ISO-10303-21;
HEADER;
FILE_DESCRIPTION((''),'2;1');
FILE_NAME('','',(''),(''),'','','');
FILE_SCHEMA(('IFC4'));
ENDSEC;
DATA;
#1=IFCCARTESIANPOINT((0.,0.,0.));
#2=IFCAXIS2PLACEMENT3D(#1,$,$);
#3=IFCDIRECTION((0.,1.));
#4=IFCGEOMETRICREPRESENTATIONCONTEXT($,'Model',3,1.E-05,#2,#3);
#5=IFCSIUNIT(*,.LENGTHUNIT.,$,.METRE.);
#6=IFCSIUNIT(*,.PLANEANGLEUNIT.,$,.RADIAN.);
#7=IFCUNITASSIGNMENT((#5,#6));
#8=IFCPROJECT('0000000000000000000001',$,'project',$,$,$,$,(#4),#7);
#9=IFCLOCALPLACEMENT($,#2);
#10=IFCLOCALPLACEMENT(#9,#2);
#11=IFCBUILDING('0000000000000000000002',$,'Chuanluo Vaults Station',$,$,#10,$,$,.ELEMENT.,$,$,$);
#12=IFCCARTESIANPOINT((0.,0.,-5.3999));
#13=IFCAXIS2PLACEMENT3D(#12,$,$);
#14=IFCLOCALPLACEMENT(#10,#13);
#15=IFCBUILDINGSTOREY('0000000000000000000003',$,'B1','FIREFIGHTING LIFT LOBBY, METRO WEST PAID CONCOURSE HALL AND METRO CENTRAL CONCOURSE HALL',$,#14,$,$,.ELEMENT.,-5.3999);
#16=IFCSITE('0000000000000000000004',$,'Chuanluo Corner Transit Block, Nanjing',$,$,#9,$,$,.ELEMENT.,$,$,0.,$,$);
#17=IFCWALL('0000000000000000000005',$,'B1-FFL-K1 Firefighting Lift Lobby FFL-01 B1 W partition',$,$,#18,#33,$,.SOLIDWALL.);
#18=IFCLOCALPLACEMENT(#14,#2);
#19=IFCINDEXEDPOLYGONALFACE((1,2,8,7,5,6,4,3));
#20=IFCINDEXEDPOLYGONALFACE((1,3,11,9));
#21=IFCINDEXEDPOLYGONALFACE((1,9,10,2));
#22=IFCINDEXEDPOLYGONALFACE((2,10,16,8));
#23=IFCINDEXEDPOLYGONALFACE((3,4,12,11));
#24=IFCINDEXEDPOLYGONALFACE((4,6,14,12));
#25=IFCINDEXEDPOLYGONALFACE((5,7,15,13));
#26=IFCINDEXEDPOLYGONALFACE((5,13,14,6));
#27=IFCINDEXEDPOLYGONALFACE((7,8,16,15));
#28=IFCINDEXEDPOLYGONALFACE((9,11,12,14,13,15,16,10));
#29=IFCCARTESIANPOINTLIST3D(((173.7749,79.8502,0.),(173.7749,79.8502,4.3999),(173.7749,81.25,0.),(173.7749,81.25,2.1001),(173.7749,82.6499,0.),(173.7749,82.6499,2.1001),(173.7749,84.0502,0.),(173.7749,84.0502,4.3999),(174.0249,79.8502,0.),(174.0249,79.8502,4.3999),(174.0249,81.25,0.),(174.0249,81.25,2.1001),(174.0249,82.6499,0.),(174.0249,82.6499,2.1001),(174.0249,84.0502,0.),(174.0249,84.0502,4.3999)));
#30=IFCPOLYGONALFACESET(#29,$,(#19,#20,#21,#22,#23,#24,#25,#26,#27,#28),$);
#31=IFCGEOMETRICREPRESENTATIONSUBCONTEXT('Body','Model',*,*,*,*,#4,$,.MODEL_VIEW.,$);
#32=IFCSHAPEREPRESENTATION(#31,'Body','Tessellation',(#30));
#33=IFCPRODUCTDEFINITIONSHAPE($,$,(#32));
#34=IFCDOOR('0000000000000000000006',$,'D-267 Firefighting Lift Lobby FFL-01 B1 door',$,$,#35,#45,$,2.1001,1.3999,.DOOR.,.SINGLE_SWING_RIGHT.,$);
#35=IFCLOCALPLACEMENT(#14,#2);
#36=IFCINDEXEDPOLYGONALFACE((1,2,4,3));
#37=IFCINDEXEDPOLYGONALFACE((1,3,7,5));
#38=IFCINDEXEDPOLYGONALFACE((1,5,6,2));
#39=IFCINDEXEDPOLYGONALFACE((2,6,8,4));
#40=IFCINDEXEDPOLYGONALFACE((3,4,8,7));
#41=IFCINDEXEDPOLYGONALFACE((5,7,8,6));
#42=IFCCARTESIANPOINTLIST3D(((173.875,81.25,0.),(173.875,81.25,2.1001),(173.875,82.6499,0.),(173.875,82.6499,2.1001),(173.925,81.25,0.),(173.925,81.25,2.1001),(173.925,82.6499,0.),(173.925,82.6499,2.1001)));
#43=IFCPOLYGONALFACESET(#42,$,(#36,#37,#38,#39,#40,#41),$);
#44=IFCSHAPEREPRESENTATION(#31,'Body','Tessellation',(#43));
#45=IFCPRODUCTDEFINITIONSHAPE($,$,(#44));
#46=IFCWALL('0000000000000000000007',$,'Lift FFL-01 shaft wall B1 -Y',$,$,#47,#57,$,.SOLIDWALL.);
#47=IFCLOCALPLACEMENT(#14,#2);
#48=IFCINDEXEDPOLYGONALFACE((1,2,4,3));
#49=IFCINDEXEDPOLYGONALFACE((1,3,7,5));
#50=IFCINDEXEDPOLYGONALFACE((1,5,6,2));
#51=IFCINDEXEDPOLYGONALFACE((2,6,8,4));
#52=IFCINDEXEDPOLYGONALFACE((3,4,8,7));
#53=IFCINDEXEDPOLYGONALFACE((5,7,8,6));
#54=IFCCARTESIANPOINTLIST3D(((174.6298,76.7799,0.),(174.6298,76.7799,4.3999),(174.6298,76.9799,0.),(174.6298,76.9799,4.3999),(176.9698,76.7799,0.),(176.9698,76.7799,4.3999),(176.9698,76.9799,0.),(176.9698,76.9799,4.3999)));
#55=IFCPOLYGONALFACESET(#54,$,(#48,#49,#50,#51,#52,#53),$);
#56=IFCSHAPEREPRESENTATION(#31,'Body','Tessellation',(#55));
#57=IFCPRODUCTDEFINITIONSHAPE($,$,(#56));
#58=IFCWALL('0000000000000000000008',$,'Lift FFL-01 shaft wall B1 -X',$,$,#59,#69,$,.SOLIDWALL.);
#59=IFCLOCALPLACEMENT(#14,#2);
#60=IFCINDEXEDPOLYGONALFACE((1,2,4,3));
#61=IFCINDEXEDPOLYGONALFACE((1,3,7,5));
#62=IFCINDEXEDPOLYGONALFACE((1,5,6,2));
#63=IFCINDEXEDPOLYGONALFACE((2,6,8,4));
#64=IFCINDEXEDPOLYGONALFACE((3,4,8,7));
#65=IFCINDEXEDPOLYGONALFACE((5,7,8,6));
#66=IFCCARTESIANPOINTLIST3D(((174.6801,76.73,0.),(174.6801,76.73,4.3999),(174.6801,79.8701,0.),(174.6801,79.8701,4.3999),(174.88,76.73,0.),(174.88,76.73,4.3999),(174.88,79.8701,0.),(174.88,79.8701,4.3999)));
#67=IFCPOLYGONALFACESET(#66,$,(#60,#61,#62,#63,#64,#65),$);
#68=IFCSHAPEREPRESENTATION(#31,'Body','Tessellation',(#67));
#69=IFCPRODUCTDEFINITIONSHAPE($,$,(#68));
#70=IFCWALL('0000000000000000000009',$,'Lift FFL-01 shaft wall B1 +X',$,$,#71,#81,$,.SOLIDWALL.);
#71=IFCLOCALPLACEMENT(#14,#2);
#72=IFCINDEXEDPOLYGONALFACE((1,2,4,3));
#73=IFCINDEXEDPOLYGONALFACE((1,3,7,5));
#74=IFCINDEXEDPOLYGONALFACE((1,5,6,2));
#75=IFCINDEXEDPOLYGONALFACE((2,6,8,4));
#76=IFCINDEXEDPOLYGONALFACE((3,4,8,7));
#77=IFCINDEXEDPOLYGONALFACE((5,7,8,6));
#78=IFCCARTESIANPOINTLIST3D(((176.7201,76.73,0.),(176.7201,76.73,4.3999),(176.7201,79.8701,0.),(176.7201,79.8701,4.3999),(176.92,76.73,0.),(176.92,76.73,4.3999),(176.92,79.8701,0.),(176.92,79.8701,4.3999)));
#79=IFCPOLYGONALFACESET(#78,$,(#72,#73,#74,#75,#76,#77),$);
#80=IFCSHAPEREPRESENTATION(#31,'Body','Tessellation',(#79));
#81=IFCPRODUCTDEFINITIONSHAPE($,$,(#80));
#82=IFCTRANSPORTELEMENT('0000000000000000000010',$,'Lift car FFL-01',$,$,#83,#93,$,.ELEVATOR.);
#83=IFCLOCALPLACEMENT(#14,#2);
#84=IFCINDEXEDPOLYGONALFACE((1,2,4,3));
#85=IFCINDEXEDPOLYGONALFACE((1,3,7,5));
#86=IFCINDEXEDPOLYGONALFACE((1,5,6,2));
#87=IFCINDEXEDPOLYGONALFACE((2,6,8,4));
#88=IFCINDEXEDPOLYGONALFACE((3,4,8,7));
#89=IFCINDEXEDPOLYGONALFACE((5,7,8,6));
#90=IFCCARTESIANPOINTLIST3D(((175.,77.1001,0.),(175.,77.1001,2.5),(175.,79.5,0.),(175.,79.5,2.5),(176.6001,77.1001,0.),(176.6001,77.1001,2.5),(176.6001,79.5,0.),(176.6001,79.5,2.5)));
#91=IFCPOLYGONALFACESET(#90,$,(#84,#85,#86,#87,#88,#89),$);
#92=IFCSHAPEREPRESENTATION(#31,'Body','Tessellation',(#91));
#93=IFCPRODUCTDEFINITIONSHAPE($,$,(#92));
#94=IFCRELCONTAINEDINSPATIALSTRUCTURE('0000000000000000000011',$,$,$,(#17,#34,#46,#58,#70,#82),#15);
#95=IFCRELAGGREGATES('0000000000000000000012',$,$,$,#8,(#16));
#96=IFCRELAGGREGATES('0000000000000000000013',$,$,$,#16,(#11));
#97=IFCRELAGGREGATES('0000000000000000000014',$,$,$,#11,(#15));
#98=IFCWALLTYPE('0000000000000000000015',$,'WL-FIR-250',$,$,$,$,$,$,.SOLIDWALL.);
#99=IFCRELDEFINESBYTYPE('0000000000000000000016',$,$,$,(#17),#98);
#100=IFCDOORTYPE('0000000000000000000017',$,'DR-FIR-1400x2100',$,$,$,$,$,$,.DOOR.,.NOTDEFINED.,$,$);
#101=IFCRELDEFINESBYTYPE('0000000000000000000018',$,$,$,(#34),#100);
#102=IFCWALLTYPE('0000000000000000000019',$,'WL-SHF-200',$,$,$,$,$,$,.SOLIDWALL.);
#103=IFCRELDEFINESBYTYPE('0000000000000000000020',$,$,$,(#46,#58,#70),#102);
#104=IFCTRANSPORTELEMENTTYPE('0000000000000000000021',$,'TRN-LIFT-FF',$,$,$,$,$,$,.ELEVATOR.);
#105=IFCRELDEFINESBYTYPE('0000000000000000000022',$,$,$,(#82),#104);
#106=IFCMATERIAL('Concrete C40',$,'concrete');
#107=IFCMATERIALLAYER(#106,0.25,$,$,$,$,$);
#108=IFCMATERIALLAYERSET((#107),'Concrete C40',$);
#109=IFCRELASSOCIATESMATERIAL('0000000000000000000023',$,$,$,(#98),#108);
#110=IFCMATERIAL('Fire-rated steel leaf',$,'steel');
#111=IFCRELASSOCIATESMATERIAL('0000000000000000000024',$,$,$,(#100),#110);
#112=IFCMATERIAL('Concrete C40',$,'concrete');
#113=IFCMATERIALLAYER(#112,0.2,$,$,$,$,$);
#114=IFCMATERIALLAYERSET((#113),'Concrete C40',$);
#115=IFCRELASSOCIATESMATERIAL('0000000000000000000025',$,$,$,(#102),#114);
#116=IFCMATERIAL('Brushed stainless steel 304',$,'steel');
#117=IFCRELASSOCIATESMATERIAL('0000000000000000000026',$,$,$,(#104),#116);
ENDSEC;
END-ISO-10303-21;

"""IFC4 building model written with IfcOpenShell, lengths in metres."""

from ifc_helpers import new_model, si_unit, direction, frame, frame_2d, origin, origin_2d, place, context, subcontext, project, spatial, rectangle, extrude, material, layer, layer_set, type_object, element, fill, save


model = new_model("IFC4")

# Units and contexts
model_context = context("Model", 3, precision=1e-05, world=origin(), true_north=direction((0.0, 1.0)))
body_context = subcontext(model_context, "Body", "Model", "MODEL_VIEW")
ifc_project = project(units=[si_unit("LENGTHUNIT", "METRE"), si_unit("PLANEANGLEUNIT", "RADIAN")], contexts=[model_context])

# Site, building, storey
site_placement = place(None, origin())
site = spatial("IfcSite", under=ifc_project, at=site_placement, Name="Chuanluo Corner Transit Block, Nanjing", CompositionType="ELEMENT", RefElevation=0.0)
building_placement = place(site_placement, origin())
building = spatial("IfcBuilding", under=site, at=building_placement, Name="Chuanluo Vaults Station", CompositionType="ELEMENT")
storey_placement = place(building_placement, frame((0.0, 0.0, -5.3999)))
storey = spatial("IfcBuildingStorey", under=building, at=storey_placement, Name="B1", Description="FIREFIGHTING LIFT LOBBY, METRO WEST PAID CONCOURSE HALL AND METRO CENTRAL CONCOURSE HALL", CompositionType="ELEMENT", Elevation=-5.3999)

# Shared definitions
ifc_material_1 = material(Name="Concrete C40", Category="concrete")
ifc_layer_1 = layer(ifc_material_1, 0.25)
ifc_layer_set_1 = layer_set([ifc_layer_1], Name="Concrete C40")
wall_type_1 = type_object("IfcWallType", Name="WL-FIR-250", PredefinedType="SOLIDWALL", material=ifc_layer_set_1)

# Wall, opening, door
wall_1_placement = place(storey_placement, frame((173.8999, 79.8501, 0.0), z_axis=(0.0, 0.0, 1.0), x_axis=(0.0, 1.0, 0.0)))
wall_1 = element("IfcWall", 1, at=wall_1_placement, inside=storey, type_object=wall_type_1, Name="B1-FFL-K1 Firefighting Lift Lobby FFL-01 B1 W partition", PredefinedType="SOLIDWALL", context=body_context, shape_type="SweptSolid", body=[
    extrude(rectangle(XDim=4.2, YDim=0.25, at=frame_2d((2.1001, 0.0))), origin(), (0.0, 0.0, 1.0), 4.3999),
])
opening_1_placement = place(wall_1_placement, frame((1.3999, 0.0, 0.0)))
opening_1 = element("IfcOpeningElement", 2, at=opening_1_placement, cuts=wall_1, PredefinedType="OPENING", context=body_context, shape_type="SweptSolid", body=[
    extrude(rectangle(XDim=1.3999, YDim=2.1001, at=frame_2d((0.7, 1.05))), frame((0.0, 0.135, 0.0), z_axis=(0.0, -1.0, 0.0), x_axis=(1.0, 0.0, 0.0)), (0.0, 0.0, 1.0), 0.27),
])
ifc_material_2 = material(Name="Fire-rated steel leaf", Category="steel")
door_type_1 = type_object("IfcDoorType", Name="DR-FIR-1400x2100", OperationType="NOTDEFINED", PredefinedType="DOOR", material=ifc_material_2)
door_1_placement = place(opening_1_placement, origin())
door_1 = element("IfcDoor", 3, at=door_1_placement, inside=storey, type_object=door_type_1, Name="D-267 Firefighting Lift Lobby FFL-01 B1 door", OperationType="SINGLE_SWING_RIGHT", OverallHeight=2.1001, OverallWidth=1.3999, PredefinedType="DOOR", context=body_context, shape_type="SweptSolid", body=[
    extrude(rectangle(XDim=1.3999, YDim=2.1001, at=frame_2d((0.7, 1.05))), frame((0.0, 0.0249, 0.0), z_axis=(0.0, -1.0, 0.0), x_axis=(1.0, 0.0, 0.0)), (0.0, 0.0, 1.0), 0.05),
])
fill(opening_1, door_1)

# Wall
ifc_material_3 = material(Name="Concrete C40", Category="concrete")
ifc_layer_2 = layer(ifc_material_3, 0.2)
ifc_layer_set_2 = layer_set([ifc_layer_2], Name="Concrete C40")
wall_type_2 = type_object("IfcWallType", Name="WL-SHF-200", PredefinedType="SOLIDWALL", material=ifc_layer_set_2)
wall_2_placement = place(storey_placement, frame((174.6299, 76.8799, 0.0), z_axis=(0.0, 0.0, 1.0), x_axis=(1.0, 0.0, 0.0)))
element("IfcWall", 4, at=wall_2_placement, inside=storey, type_object=wall_type_2, Name="Lift FFL-01 shaft wall B1 -Y", PredefinedType="SOLIDWALL", context=body_context, shape_type="SweptSolid", body=[
    extrude(rectangle(XDim=2.3401, YDim=0.2, at=frame_2d((1.1699, 0.0))), origin(), (0.0, 0.0, 1.0), 4.3999),
])

# Walls
for number, where, z_axis, x_axis, name in (
    (5, (174.78, 79.8701, 0.0), (0.0, 0.0, 1.0), (0.0, -1.0, 0.0), "Lift FFL-01 shaft wall B1 -X"),
    (6, (176.8201, 76.73, 0.0), (0.0, 0.0, 1.0), (0.0, 1.0, 0.0), "Lift FFL-01 shaft wall B1 +X"),
):
    element("IfcWall", number, at=place(storey_placement, frame(where, z_axis=z_axis, x_axis=x_axis)), inside=storey, type_object=wall_type_2, Name=name, PredefinedType="SOLIDWALL", context=body_context, shape_type="SweptSolid", body=[
        extrude(rectangle(XDim=3.1401, YDim=0.2, at=frame_2d((1.5701, 0.0))), origin(), (0.0, 0.0, 1.0), 4.3999),
    ])

# Transport element
ifc_material_4 = material(Name="Brushed stainless steel 304", Category="steel")
transport_element_type = type_object("IfcTransportElementType", Name="TRN-LIFT-FF", PredefinedType="ELEVATOR", material=ifc_material_4)
transport_element_placement = place(storey_placement, frame((175.8, 78.3, 0.0), z_axis=(0.0, 0.0, 1.0), x_axis=(1.0, 0.0, 0.0)))
element("IfcTransportElement", 7, at=transport_element_placement, inside=storey, type_object=transport_element_type, Name="Lift car FFL-01", PredefinedType="ELEVATOR", context=body_context, shape_type="SweptSolid", body=[
    extrude(rectangle(XDim=1.6001, YDim=2.3999, at=origin_2d()), origin(), (0.0, 0.0, 1.0), 2.5),
])

save(model, "model.ifc")
